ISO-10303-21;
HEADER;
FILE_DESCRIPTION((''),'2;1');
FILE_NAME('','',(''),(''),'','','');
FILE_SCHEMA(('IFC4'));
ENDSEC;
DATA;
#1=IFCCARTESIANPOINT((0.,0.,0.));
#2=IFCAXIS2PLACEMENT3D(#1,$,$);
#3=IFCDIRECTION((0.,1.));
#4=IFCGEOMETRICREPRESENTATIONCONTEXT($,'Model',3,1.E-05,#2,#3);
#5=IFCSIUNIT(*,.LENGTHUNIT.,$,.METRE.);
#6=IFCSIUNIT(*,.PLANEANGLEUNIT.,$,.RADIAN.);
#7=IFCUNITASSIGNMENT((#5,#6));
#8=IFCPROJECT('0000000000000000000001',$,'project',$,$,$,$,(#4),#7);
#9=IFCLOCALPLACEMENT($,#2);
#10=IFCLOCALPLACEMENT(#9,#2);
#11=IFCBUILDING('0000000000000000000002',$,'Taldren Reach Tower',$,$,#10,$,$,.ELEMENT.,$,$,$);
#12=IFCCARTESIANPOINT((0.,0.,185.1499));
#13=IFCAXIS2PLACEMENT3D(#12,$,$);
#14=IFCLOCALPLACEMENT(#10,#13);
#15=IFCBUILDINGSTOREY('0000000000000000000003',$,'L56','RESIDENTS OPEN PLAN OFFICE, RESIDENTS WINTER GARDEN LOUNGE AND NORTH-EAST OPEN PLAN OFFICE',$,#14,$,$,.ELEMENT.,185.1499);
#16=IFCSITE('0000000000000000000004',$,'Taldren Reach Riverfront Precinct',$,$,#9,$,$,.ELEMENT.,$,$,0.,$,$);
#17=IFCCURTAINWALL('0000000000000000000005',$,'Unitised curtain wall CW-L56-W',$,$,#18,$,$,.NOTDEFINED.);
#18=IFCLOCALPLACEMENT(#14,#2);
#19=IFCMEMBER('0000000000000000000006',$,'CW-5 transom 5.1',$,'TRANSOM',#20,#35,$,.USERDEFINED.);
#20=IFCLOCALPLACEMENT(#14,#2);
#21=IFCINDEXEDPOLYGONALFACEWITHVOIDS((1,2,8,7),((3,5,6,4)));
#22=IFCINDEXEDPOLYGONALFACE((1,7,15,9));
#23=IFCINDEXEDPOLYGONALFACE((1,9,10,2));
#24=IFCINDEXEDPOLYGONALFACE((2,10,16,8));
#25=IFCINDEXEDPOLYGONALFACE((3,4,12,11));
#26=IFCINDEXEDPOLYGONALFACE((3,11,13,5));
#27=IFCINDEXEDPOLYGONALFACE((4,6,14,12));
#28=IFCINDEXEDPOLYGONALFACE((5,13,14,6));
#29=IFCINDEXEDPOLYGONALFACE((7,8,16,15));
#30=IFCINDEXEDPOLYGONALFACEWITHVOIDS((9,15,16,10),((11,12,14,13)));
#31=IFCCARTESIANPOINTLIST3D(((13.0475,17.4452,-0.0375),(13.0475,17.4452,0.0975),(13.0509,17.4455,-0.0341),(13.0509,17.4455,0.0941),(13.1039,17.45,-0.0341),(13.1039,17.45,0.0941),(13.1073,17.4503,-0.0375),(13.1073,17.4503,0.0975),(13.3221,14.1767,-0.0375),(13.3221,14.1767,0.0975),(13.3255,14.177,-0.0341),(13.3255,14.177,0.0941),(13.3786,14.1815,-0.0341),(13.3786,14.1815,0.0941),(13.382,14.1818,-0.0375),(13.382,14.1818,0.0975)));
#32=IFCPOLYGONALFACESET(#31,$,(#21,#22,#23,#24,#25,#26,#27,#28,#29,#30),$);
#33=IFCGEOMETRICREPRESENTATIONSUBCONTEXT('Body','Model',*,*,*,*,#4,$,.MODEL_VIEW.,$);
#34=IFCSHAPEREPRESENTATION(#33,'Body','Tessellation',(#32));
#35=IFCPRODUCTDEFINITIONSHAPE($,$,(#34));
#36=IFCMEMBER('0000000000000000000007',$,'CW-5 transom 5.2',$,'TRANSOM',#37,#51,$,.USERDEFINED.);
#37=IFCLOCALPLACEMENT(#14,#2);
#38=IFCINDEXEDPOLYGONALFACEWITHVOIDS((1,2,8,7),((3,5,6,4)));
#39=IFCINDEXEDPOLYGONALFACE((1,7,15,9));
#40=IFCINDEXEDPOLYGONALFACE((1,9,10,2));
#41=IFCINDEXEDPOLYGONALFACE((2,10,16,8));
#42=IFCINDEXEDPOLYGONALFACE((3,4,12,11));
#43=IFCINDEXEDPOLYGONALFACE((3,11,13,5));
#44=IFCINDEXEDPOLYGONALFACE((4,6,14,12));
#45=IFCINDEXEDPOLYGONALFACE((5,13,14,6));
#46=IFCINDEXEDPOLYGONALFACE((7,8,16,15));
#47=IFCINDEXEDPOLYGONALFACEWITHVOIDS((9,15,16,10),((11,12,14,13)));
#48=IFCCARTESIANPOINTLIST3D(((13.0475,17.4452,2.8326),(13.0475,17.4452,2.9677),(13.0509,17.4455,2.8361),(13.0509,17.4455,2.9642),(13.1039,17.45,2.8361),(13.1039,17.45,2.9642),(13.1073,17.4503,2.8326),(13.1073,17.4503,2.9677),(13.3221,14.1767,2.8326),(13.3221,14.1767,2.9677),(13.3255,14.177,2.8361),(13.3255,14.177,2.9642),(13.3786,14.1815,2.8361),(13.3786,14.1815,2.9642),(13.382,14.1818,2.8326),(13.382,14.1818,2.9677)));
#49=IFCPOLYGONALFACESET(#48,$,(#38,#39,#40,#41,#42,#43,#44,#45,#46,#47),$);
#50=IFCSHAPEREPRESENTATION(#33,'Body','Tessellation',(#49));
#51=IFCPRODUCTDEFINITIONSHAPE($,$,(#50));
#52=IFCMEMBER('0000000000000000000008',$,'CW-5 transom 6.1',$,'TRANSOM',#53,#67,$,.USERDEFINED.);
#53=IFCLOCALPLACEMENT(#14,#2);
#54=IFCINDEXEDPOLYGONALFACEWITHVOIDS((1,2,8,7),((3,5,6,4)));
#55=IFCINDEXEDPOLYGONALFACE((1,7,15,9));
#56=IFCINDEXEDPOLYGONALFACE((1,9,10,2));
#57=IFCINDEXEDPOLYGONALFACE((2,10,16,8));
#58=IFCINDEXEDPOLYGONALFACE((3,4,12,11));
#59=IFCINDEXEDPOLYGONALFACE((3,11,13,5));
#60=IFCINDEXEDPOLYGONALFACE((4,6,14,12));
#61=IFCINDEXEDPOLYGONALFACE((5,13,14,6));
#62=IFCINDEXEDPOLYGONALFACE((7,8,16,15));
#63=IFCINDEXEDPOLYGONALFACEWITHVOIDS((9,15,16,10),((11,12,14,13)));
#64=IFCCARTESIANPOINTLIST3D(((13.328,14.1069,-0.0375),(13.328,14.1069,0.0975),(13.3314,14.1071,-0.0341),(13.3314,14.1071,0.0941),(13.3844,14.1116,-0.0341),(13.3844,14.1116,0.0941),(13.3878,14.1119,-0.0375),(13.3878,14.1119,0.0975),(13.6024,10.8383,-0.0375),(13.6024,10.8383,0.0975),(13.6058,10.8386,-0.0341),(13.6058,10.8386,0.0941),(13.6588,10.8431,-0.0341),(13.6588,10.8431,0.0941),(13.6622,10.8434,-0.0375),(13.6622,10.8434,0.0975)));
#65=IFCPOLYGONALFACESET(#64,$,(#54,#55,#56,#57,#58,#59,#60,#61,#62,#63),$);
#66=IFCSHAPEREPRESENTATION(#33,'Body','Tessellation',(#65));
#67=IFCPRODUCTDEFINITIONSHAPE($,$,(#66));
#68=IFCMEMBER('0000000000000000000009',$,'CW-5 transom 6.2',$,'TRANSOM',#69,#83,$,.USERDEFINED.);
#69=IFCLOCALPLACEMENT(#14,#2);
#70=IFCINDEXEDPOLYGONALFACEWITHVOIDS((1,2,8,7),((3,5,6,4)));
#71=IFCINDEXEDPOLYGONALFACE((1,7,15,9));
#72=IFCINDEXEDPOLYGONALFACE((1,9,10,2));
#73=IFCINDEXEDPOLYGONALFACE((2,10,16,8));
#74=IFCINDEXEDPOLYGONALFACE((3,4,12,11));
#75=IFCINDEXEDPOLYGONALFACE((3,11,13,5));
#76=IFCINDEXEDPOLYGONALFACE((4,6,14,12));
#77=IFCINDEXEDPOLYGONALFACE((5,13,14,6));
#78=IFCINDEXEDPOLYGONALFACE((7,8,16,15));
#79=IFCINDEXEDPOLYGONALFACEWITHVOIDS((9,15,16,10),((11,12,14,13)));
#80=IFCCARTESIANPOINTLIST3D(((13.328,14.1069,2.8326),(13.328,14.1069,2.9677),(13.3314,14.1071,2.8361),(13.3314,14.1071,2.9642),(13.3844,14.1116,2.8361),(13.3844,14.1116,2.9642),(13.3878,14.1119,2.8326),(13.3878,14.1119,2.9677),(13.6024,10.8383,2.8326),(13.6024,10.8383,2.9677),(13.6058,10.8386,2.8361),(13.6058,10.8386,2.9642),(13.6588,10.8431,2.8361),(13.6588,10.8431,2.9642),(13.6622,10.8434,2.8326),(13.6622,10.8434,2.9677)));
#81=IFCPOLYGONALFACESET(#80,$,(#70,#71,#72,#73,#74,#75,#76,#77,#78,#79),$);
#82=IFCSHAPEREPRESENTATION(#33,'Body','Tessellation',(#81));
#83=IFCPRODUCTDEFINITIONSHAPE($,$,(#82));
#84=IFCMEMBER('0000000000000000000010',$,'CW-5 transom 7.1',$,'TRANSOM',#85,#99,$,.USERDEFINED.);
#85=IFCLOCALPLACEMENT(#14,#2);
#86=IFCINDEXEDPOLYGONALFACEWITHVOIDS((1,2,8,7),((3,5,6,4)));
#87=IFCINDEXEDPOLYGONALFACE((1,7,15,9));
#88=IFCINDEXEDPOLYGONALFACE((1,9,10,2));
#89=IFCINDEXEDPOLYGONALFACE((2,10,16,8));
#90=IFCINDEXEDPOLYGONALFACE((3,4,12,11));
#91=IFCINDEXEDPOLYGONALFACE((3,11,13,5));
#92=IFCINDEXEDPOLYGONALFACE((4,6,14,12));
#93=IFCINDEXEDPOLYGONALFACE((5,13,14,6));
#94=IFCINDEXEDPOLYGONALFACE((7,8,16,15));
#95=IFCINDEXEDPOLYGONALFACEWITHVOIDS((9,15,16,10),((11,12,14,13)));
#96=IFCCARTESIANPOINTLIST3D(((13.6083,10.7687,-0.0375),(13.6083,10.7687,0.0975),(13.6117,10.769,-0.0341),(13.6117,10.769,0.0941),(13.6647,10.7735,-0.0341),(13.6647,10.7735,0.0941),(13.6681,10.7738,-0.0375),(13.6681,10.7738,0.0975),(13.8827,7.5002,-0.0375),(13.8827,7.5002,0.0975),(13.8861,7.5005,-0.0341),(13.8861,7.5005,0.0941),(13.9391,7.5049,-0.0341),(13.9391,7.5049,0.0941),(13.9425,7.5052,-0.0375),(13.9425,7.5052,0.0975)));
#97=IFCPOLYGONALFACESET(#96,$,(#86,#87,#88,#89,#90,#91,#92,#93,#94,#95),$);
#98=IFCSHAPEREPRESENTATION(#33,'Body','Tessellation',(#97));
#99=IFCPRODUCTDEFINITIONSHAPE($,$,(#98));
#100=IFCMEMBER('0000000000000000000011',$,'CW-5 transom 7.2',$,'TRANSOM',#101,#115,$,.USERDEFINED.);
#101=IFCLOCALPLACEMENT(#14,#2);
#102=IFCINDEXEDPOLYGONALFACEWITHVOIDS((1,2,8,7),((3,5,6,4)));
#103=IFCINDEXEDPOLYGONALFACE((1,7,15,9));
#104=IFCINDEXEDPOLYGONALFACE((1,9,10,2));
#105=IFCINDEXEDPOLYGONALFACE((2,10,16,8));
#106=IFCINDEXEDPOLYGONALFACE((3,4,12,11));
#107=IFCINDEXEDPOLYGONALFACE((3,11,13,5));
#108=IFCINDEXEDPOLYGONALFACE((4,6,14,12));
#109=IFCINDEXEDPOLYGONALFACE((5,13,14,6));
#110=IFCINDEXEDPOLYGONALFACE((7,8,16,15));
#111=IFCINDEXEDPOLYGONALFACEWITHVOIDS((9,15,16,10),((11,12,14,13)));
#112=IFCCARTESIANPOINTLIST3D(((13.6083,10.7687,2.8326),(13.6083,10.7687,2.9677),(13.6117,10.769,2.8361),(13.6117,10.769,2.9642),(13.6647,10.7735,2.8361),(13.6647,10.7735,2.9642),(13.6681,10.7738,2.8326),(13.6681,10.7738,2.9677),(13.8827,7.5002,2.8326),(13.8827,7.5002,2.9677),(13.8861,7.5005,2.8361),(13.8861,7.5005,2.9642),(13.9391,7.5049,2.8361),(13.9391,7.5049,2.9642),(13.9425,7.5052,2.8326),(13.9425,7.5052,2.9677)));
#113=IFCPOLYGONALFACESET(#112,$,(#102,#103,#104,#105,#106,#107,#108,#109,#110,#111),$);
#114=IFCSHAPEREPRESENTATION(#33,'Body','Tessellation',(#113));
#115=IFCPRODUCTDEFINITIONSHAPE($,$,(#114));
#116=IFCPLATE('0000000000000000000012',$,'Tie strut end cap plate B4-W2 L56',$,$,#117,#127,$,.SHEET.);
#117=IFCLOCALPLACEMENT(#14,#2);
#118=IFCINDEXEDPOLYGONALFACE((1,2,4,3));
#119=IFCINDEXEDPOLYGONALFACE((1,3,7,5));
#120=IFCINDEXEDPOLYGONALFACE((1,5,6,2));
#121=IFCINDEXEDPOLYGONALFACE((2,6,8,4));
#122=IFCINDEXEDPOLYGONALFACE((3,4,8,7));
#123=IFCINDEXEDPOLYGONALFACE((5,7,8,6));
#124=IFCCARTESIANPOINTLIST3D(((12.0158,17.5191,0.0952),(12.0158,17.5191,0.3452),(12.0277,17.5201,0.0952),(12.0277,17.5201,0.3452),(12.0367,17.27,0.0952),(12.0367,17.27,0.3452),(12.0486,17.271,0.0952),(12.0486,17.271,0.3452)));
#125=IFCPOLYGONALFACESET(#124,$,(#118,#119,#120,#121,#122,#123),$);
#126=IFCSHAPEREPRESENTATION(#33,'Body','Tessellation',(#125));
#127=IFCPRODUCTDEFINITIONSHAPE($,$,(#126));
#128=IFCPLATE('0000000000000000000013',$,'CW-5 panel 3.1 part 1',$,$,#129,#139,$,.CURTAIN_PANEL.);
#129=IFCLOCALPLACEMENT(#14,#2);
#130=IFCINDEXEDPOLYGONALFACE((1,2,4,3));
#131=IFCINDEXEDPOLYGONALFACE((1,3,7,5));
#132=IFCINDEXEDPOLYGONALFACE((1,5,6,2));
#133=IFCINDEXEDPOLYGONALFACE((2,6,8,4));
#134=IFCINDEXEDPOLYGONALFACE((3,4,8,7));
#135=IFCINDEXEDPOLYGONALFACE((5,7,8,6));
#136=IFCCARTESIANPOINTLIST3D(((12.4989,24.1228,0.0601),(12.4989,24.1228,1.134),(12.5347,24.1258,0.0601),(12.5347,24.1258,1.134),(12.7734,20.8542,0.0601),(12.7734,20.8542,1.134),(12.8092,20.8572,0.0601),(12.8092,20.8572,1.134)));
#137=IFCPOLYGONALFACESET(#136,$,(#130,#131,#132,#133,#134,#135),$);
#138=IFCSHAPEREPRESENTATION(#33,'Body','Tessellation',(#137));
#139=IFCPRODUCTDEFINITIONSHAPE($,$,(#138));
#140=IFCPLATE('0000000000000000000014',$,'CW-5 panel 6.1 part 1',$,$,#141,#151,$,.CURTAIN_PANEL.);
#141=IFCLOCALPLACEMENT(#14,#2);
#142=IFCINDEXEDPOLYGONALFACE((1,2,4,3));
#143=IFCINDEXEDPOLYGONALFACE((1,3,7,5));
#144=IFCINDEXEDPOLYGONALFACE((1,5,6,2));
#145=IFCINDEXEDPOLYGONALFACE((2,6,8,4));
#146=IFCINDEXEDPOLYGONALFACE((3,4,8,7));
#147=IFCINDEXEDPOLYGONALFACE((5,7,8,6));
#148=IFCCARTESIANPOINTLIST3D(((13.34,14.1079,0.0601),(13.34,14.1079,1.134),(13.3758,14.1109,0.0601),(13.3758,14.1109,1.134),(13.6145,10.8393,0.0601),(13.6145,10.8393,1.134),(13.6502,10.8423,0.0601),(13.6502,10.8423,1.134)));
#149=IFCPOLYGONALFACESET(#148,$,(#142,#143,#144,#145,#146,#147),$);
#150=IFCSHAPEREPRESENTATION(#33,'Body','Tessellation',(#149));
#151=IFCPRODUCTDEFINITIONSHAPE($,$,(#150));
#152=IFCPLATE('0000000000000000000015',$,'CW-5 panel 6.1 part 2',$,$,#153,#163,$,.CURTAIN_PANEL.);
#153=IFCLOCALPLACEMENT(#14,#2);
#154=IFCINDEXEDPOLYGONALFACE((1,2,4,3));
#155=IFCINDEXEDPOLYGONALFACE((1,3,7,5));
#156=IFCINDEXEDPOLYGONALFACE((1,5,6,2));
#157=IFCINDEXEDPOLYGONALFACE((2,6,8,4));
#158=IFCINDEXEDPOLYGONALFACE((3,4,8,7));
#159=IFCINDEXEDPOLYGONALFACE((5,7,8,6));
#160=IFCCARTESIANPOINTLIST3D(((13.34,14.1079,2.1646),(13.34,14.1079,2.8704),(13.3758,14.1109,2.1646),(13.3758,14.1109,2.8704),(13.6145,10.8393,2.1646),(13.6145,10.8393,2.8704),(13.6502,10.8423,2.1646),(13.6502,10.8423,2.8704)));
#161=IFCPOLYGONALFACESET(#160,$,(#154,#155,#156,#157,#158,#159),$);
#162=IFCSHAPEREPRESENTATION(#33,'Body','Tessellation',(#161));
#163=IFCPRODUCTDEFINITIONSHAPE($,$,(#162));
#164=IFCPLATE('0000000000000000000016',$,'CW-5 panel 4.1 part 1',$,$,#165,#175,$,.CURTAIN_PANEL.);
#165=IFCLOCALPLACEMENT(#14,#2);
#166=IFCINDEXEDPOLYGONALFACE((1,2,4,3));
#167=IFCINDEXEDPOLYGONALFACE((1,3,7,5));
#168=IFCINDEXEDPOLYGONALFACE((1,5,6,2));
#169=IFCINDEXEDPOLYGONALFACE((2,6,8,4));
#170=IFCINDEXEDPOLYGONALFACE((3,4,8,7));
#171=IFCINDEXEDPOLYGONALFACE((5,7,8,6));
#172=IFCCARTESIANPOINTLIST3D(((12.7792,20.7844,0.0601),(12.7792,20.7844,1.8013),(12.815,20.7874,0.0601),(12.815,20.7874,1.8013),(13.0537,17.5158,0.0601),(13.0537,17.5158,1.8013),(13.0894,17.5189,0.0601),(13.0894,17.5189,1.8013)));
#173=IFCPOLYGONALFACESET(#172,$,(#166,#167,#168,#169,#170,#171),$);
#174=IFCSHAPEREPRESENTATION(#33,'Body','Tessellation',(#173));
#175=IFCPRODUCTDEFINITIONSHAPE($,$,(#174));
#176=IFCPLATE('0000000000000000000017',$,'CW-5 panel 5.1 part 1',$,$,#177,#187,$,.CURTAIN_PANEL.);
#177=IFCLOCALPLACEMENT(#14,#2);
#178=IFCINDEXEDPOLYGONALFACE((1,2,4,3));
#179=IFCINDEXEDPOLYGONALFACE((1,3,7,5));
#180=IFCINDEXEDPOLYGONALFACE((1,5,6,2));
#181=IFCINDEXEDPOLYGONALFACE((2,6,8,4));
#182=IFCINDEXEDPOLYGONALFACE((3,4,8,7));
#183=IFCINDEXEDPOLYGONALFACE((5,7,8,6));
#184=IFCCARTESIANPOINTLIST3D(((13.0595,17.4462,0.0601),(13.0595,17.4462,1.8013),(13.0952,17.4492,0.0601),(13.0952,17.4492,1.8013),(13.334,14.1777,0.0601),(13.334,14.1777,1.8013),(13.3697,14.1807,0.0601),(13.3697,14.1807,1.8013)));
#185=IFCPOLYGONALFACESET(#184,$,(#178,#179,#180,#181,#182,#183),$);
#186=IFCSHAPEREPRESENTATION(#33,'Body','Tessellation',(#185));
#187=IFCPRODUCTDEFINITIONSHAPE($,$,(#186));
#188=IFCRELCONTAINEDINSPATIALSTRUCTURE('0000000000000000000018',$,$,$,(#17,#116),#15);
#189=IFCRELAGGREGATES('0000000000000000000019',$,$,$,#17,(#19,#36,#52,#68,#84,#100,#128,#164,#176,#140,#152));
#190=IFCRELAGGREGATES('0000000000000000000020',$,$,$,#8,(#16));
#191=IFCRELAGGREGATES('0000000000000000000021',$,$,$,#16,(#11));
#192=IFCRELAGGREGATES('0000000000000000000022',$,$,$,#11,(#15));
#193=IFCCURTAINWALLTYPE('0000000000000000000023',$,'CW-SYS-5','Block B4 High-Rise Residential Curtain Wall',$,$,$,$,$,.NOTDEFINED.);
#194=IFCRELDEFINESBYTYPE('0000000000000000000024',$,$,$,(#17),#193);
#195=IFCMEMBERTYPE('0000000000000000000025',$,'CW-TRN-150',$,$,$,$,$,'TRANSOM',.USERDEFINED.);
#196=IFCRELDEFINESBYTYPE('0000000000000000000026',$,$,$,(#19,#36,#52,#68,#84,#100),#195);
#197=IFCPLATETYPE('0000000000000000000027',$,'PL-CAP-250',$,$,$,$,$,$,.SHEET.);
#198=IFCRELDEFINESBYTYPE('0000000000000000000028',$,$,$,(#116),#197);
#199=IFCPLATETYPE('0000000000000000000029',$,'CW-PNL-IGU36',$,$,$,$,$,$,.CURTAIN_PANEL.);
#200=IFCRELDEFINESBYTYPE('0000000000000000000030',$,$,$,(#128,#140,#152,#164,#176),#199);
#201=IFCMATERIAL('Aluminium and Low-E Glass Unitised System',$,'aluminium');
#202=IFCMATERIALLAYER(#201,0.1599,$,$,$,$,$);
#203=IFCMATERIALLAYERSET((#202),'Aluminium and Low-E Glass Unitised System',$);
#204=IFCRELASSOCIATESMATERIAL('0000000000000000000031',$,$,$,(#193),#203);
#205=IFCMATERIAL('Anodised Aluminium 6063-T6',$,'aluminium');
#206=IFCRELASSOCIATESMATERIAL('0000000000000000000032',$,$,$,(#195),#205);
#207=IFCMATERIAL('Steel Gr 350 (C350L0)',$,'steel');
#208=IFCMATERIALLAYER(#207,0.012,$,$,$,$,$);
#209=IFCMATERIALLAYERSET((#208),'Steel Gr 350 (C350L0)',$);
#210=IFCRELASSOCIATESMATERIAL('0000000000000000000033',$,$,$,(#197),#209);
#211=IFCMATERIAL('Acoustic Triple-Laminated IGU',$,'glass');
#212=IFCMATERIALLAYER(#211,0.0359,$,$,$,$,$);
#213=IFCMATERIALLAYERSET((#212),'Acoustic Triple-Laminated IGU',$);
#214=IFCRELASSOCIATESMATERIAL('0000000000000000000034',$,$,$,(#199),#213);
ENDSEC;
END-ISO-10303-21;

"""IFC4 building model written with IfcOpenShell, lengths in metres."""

from ifc_helpers import new_model, si_unit, direction, frame, origin, origin_2d, place, context, subcontext, project, spatial, rectangle, hollow_rectangle, extrude, source, transform, mapped, material, layer, layer_set, material_profile, profile_set, type_object, element, aggregate, save


model = new_model("IFC4")

# Units and contexts
model_context = context("Model", 3, precision=1e-05, world=origin(), true_north=direction((0.0, 1.0)))
body_context = subcontext(model_context, "Body", "Model", "MODEL_VIEW")
ifc_project = project(units=[si_unit("LENGTHUNIT", "METRE"), si_unit("PLANEANGLEUNIT", "RADIAN")], contexts=[model_context])

# Site, building, storey
site_placement = place(None, origin())
site = spatial("IfcSite", under=ifc_project, at=site_placement, Name="Taldren Reach Riverfront Precinct", CompositionType="ELEMENT", RefElevation=0.0)
building_placement = place(site_placement, origin())
building = spatial("IfcBuilding", under=site, at=building_placement, Name="Taldren Reach Tower", CompositionType="ELEMENT")
storey_placement = place(building_placement, frame((0.0, 0.0, 185.1499)))
storey = spatial("IfcBuildingStorey", under=building, at=storey_placement, Name="L56", Description="RESIDENTS OPEN PLAN OFFICE, RESIDENTS WINTER GARDEN LOUNGE AND NORTH-EAST OPEN PLAN OFFICE", CompositionType="ELEMENT", Elevation=185.1499)

# Shared definitions
ifc_material_1 = material(Name="Steel Gr 350 (C350L0)", Category="steel")

# Curtain wall, members
ifc_material_2 = material(Name="Aluminium and Low-E Glass Unitised System", Category="aluminium")
ifc_layer_1 = layer(ifc_material_2, 0.1599)
ifc_layer_set_1 = layer_set([ifc_layer_1], Name="Aluminium and Low-E Glass Unitised System")
curtain_wall_type = type_object("IfcCurtainWallType", Name="CW-SYS-5", Description="Block B4 High-Rise Residential Curtain Wall", PredefinedType="NOTDEFINED", material=ifc_layer_set_1)
curtain_wall_placement = place(storey_placement, origin())
curtain_wall = element("IfcCurtainWall", 1, at=curtain_wall_placement, inside=storey, type_object=curtain_wall_type, Name="Unitised curtain wall CW-L56-W", PredefinedType="NOTDEFINED")
ifc_material_3 = material(Name="Anodised Aluminium 6063-T6", Category="aluminium")
ifc_material_profile_1 = material_profile(ifc_material_3, hollow_rectangle(XDim=0.0601, YDim=0.135, WallThickness=0.0034, at=origin_2d()), Name="ALU-135x60x3.5RHS")
ifc_profile_set_1 = profile_set([ifc_material_profile_1], Name="Anodised Aluminium 6063-T6")
member_type_1 = type_object("IfcMemberType", Name="CW-TRN-150", ElementType="TRANSOM", PredefinedType="USERDEFINED", material=ifc_profile_set_1)
shared_shape_1 = source(origin(), body_context, "Body", "SweptSolid", [
    extrude(hollow_rectangle(XDim=0.0601, YDim=0.135, WallThickness=0.0034, at=origin_2d()), origin(), (0.0, 0.0, 1.0), 3.28),
])
member_1_placement = place(storey_placement, frame((13.0774, 17.4478, 0.03), z_axis=(0.083735, -0.996488, 0.0), x_axis=(0.996488, 0.083735, 0.0)))
member_1 = element("IfcMember", 2, at=member_1_placement, type_object=member_type_1, Name="CW-5 transom 5.1", ObjectType="TRANSOM", PredefinedType="USERDEFINED", context=body_context, shape_type="MappedRepresentation", body=[
    mapped(shared_shape_1, transform((0.0, 0.0, 0.0), scale=1.0)),
])
member_2_placement = place(storey_placement, frame((13.0774, 17.4478, 2.9001), z_axis=(0.083735, -0.996488, 0.0), x_axis=(0.996488, 0.083735, 0.0)))
member_2 = element("IfcMember", 3, at=member_2_placement, type_object=member_type_1, Name="CW-5 transom 5.2", ObjectType="TRANSOM", PredefinedType="USERDEFINED", context=body_context, shape_type="MappedRepresentation", body=[
    mapped(shared_shape_1, transform((0.0, 0.0, 0.0), scale=1.0)),
])
member_3_placement = place(storey_placement, frame((13.3579, 14.1094, 0.03), z_axis=(0.083661, -0.996494, 0.0), x_axis=(0.996494, 0.083661, 0.0)))
member_3 = element("IfcMember", 4, at=member_3_placement, type_object=member_type_1, Name="CW-5 transom 6.1", ObjectType="TRANSOM", PredefinedType="USERDEFINED", context=body_context, shape_type="MappedRepresentation", body=[
    mapped(shared_shape_1, transform((0.0, 0.0, 0.0), scale=1.0)),
])
member_4_placement = place(storey_placement, frame((13.3579, 14.1094, 2.9001), z_axis=(0.083661, -0.996494, 0.0), x_axis=(0.996494, 0.083661, 0.0)))
member_4 = element("IfcMember", 5, at=member_4_placement, type_object=member_type_1, Name="CW-5 transom 6.2", ObjectType="TRANSOM", PredefinedType="USERDEFINED", context=body_context, shape_type="MappedRepresentation", body=[
    mapped(shared_shape_1, transform((0.0, 0.0, 0.0), scale=1.0)),
])
member_5_placement = place(storey_placement, frame((13.6382, 10.7712, 0.03), z_axis=(0.083661, -0.996494, 0.0), x_axis=(0.996494, 0.083661, 0.0)))
member_5 = element("IfcMember", 6, at=member_5_placement, type_object=member_type_1, Name="CW-5 transom 7.1", ObjectType="TRANSOM", PredefinedType="USERDEFINED", context=body_context, shape_type="MappedRepresentation", body=[
    mapped(shared_shape_1, transform((0.0, 0.0, 0.0), scale=1.0)),
])
member_6_placement = place(storey_placement, frame((13.6382, 10.7712, 2.9001), z_axis=(0.083661, -0.996494, 0.0), x_axis=(0.996494, 0.083661, 0.0)))
member_6 = element("IfcMember", 7, at=member_6_placement, type_object=member_type_1, Name="CW-5 transom 7.2", ObjectType="TRANSOM", PredefinedType="USERDEFINED", context=body_context, shape_type="MappedRepresentation", body=[
    mapped(shared_shape_1, transform((0.0, 0.0, 0.0), scale=1.0)),
])

# Plates
ifc_layer_2 = layer(ifc_material_1, 0.012)
ifc_layer_set_2 = layer_set([ifc_layer_2], Name="Steel Gr 350 (C350L0)")
plate_type_1 = type_object("IfcPlateType", Name="PL-CAP-250", PredefinedType="SHEET", material=ifc_layer_set_2)
shared_shape_2 = source(origin(), body_context, "Body", "SweptSolid", [
    extrude(rectangle(XDim=0.012, YDim=0.25, at=origin_2d()), origin(), (0.0, 0.0, 1.0), 0.25),
])
plate_1_placement = place(storey_placement, frame((12.0322, 17.395, 0.0952), z_axis=(0.0, 0.0, 1.0), x_axis=(0.996493, 0.083678, 0.0)))
element("IfcPlate", 8, at=plate_1_placement, inside=storey, type_object=plate_type_1, Name="Tie strut end cap plate B4-W2 L56", PredefinedType="SHEET", context=body_context, shape_type="MappedRepresentation", body=[
    mapped(shared_shape_2, transform((0.0, 0.0, 0.0), scale=1.0)),
])
ifc_material_4 = material(Name="Acoustic Triple-Laminated IGU", Category="glass")
ifc_layer_3 = layer(ifc_material_4, 0.0359)
ifc_layer_set_3 = layer_set([ifc_layer_3], Name="Acoustic Triple-Laminated IGU")
plate_type_2 = type_object("IfcPlateType", Name="CW-PNL-IGU36", PredefinedType="CURTAIN_PANEL", material=ifc_layer_set_3)
shared_shape_3 = source(origin(), body_context, "Body", "SweptSolid", [
    extrude(rectangle(XDim=3.28, YDim=0.0359, at=origin_2d()), origin(), (0.0, 0.0, 1.0), 1.074),
])
plate_2_placement = place(storey_placement, frame((12.6541, 22.49, 0.0601), z_axis=(0.0, 0.0, 1.0), x_axis=(0.083678, -0.996493, 0.0)))
plate_2 = element("IfcPlate", 9, at=plate_2_placement, type_object=plate_type_2, Name="CW-5 panel 3.1 part 1", PredefinedType="CURTAIN_PANEL", context=body_context, shape_type="MappedRepresentation", body=[
    mapped(shared_shape_3, transform((0.0, 0.0, 0.0), scale=1.0)),
])
plate_3_placement = place(storey_placement, frame((13.4951, 12.4751, 0.0601), z_axis=(0.0, 0.0, 1.0), x_axis=(0.083678, -0.996493, 0.0)))
plate_3 = element("IfcPlate", 10, at=plate_3_placement, type_object=plate_type_2, Name="CW-5 panel 6.1 part 1", PredefinedType="CURTAIN_PANEL", context=body_context, shape_type="MappedRepresentation", body=[
    mapped(shared_shape_3, transform((0.0, 0.0, 0.0), scale=1.0)),
])
shared_shape_4 = source(origin(), body_context, "Body", "SweptSolid", [
    extrude(rectangle(XDim=3.28, YDim=0.0359, at=origin_2d()), origin(), (0.0, 0.0, 1.0), 0.7058),
])
plate_4_placement = place(storey_placement, frame((13.4951, 12.4751, 2.1646), z_axis=(0.0, 0.0, 1.0), x_axis=(0.083678, -0.996493, 0.0)))
plate_4 = element("IfcPlate", 11, at=plate_4_placement, type_object=plate_type_2, Name="CW-5 panel 6.1 part 2", PredefinedType="CURTAIN_PANEL", context=body_context, shape_type="MappedRepresentation", body=[
    mapped(shared_shape_4, transform((0.0, 0.0, 0.0), scale=1.0)),
])
shared_shape_5 = source(origin(), body_context, "Body", "SweptSolid", [
    extrude(rectangle(XDim=3.28, YDim=0.0359, at=origin_2d()), origin(), (0.0, 0.0, 1.0), 1.7412),
])
plate_5_placement = place(storey_placement, frame((12.9343, 19.1516, 0.0601), z_axis=(0.0, 0.0, 1.0), x_axis=(0.083678, -0.996493, 0.0)))
plate_5 = element("IfcPlate", 12, at=plate_5_placement, type_object=plate_type_2, Name="CW-5 panel 4.1 part 1", PredefinedType="CURTAIN_PANEL", context=body_context, shape_type="MappedRepresentation", body=[
    mapped(shared_shape_5, transform((0.0, 0.0, 0.0), scale=1.0)),
])
plate_6_placement = place(storey_placement, frame((13.2146, 15.8135, 0.0601), z_axis=(0.0, 0.0, 1.0), x_axis=(0.083678, -0.996493, 0.0)))
plate_6 = element("IfcPlate", 13, at=plate_6_placement, type_object=plate_type_2, Name="CW-5 panel 5.1 part 1", PredefinedType="CURTAIN_PANEL", context=body_context, shape_type="MappedRepresentation", body=[
    mapped(shared_shape_5, transform((0.0, 0.0, 0.0), scale=1.0)),
])
aggregate(curtain_wall, [member_1, member_2, member_3, member_4, member_5, member_6, plate_2, plate_5, plate_6, plate_3, plate_4])

save(model, "model.ifc")
